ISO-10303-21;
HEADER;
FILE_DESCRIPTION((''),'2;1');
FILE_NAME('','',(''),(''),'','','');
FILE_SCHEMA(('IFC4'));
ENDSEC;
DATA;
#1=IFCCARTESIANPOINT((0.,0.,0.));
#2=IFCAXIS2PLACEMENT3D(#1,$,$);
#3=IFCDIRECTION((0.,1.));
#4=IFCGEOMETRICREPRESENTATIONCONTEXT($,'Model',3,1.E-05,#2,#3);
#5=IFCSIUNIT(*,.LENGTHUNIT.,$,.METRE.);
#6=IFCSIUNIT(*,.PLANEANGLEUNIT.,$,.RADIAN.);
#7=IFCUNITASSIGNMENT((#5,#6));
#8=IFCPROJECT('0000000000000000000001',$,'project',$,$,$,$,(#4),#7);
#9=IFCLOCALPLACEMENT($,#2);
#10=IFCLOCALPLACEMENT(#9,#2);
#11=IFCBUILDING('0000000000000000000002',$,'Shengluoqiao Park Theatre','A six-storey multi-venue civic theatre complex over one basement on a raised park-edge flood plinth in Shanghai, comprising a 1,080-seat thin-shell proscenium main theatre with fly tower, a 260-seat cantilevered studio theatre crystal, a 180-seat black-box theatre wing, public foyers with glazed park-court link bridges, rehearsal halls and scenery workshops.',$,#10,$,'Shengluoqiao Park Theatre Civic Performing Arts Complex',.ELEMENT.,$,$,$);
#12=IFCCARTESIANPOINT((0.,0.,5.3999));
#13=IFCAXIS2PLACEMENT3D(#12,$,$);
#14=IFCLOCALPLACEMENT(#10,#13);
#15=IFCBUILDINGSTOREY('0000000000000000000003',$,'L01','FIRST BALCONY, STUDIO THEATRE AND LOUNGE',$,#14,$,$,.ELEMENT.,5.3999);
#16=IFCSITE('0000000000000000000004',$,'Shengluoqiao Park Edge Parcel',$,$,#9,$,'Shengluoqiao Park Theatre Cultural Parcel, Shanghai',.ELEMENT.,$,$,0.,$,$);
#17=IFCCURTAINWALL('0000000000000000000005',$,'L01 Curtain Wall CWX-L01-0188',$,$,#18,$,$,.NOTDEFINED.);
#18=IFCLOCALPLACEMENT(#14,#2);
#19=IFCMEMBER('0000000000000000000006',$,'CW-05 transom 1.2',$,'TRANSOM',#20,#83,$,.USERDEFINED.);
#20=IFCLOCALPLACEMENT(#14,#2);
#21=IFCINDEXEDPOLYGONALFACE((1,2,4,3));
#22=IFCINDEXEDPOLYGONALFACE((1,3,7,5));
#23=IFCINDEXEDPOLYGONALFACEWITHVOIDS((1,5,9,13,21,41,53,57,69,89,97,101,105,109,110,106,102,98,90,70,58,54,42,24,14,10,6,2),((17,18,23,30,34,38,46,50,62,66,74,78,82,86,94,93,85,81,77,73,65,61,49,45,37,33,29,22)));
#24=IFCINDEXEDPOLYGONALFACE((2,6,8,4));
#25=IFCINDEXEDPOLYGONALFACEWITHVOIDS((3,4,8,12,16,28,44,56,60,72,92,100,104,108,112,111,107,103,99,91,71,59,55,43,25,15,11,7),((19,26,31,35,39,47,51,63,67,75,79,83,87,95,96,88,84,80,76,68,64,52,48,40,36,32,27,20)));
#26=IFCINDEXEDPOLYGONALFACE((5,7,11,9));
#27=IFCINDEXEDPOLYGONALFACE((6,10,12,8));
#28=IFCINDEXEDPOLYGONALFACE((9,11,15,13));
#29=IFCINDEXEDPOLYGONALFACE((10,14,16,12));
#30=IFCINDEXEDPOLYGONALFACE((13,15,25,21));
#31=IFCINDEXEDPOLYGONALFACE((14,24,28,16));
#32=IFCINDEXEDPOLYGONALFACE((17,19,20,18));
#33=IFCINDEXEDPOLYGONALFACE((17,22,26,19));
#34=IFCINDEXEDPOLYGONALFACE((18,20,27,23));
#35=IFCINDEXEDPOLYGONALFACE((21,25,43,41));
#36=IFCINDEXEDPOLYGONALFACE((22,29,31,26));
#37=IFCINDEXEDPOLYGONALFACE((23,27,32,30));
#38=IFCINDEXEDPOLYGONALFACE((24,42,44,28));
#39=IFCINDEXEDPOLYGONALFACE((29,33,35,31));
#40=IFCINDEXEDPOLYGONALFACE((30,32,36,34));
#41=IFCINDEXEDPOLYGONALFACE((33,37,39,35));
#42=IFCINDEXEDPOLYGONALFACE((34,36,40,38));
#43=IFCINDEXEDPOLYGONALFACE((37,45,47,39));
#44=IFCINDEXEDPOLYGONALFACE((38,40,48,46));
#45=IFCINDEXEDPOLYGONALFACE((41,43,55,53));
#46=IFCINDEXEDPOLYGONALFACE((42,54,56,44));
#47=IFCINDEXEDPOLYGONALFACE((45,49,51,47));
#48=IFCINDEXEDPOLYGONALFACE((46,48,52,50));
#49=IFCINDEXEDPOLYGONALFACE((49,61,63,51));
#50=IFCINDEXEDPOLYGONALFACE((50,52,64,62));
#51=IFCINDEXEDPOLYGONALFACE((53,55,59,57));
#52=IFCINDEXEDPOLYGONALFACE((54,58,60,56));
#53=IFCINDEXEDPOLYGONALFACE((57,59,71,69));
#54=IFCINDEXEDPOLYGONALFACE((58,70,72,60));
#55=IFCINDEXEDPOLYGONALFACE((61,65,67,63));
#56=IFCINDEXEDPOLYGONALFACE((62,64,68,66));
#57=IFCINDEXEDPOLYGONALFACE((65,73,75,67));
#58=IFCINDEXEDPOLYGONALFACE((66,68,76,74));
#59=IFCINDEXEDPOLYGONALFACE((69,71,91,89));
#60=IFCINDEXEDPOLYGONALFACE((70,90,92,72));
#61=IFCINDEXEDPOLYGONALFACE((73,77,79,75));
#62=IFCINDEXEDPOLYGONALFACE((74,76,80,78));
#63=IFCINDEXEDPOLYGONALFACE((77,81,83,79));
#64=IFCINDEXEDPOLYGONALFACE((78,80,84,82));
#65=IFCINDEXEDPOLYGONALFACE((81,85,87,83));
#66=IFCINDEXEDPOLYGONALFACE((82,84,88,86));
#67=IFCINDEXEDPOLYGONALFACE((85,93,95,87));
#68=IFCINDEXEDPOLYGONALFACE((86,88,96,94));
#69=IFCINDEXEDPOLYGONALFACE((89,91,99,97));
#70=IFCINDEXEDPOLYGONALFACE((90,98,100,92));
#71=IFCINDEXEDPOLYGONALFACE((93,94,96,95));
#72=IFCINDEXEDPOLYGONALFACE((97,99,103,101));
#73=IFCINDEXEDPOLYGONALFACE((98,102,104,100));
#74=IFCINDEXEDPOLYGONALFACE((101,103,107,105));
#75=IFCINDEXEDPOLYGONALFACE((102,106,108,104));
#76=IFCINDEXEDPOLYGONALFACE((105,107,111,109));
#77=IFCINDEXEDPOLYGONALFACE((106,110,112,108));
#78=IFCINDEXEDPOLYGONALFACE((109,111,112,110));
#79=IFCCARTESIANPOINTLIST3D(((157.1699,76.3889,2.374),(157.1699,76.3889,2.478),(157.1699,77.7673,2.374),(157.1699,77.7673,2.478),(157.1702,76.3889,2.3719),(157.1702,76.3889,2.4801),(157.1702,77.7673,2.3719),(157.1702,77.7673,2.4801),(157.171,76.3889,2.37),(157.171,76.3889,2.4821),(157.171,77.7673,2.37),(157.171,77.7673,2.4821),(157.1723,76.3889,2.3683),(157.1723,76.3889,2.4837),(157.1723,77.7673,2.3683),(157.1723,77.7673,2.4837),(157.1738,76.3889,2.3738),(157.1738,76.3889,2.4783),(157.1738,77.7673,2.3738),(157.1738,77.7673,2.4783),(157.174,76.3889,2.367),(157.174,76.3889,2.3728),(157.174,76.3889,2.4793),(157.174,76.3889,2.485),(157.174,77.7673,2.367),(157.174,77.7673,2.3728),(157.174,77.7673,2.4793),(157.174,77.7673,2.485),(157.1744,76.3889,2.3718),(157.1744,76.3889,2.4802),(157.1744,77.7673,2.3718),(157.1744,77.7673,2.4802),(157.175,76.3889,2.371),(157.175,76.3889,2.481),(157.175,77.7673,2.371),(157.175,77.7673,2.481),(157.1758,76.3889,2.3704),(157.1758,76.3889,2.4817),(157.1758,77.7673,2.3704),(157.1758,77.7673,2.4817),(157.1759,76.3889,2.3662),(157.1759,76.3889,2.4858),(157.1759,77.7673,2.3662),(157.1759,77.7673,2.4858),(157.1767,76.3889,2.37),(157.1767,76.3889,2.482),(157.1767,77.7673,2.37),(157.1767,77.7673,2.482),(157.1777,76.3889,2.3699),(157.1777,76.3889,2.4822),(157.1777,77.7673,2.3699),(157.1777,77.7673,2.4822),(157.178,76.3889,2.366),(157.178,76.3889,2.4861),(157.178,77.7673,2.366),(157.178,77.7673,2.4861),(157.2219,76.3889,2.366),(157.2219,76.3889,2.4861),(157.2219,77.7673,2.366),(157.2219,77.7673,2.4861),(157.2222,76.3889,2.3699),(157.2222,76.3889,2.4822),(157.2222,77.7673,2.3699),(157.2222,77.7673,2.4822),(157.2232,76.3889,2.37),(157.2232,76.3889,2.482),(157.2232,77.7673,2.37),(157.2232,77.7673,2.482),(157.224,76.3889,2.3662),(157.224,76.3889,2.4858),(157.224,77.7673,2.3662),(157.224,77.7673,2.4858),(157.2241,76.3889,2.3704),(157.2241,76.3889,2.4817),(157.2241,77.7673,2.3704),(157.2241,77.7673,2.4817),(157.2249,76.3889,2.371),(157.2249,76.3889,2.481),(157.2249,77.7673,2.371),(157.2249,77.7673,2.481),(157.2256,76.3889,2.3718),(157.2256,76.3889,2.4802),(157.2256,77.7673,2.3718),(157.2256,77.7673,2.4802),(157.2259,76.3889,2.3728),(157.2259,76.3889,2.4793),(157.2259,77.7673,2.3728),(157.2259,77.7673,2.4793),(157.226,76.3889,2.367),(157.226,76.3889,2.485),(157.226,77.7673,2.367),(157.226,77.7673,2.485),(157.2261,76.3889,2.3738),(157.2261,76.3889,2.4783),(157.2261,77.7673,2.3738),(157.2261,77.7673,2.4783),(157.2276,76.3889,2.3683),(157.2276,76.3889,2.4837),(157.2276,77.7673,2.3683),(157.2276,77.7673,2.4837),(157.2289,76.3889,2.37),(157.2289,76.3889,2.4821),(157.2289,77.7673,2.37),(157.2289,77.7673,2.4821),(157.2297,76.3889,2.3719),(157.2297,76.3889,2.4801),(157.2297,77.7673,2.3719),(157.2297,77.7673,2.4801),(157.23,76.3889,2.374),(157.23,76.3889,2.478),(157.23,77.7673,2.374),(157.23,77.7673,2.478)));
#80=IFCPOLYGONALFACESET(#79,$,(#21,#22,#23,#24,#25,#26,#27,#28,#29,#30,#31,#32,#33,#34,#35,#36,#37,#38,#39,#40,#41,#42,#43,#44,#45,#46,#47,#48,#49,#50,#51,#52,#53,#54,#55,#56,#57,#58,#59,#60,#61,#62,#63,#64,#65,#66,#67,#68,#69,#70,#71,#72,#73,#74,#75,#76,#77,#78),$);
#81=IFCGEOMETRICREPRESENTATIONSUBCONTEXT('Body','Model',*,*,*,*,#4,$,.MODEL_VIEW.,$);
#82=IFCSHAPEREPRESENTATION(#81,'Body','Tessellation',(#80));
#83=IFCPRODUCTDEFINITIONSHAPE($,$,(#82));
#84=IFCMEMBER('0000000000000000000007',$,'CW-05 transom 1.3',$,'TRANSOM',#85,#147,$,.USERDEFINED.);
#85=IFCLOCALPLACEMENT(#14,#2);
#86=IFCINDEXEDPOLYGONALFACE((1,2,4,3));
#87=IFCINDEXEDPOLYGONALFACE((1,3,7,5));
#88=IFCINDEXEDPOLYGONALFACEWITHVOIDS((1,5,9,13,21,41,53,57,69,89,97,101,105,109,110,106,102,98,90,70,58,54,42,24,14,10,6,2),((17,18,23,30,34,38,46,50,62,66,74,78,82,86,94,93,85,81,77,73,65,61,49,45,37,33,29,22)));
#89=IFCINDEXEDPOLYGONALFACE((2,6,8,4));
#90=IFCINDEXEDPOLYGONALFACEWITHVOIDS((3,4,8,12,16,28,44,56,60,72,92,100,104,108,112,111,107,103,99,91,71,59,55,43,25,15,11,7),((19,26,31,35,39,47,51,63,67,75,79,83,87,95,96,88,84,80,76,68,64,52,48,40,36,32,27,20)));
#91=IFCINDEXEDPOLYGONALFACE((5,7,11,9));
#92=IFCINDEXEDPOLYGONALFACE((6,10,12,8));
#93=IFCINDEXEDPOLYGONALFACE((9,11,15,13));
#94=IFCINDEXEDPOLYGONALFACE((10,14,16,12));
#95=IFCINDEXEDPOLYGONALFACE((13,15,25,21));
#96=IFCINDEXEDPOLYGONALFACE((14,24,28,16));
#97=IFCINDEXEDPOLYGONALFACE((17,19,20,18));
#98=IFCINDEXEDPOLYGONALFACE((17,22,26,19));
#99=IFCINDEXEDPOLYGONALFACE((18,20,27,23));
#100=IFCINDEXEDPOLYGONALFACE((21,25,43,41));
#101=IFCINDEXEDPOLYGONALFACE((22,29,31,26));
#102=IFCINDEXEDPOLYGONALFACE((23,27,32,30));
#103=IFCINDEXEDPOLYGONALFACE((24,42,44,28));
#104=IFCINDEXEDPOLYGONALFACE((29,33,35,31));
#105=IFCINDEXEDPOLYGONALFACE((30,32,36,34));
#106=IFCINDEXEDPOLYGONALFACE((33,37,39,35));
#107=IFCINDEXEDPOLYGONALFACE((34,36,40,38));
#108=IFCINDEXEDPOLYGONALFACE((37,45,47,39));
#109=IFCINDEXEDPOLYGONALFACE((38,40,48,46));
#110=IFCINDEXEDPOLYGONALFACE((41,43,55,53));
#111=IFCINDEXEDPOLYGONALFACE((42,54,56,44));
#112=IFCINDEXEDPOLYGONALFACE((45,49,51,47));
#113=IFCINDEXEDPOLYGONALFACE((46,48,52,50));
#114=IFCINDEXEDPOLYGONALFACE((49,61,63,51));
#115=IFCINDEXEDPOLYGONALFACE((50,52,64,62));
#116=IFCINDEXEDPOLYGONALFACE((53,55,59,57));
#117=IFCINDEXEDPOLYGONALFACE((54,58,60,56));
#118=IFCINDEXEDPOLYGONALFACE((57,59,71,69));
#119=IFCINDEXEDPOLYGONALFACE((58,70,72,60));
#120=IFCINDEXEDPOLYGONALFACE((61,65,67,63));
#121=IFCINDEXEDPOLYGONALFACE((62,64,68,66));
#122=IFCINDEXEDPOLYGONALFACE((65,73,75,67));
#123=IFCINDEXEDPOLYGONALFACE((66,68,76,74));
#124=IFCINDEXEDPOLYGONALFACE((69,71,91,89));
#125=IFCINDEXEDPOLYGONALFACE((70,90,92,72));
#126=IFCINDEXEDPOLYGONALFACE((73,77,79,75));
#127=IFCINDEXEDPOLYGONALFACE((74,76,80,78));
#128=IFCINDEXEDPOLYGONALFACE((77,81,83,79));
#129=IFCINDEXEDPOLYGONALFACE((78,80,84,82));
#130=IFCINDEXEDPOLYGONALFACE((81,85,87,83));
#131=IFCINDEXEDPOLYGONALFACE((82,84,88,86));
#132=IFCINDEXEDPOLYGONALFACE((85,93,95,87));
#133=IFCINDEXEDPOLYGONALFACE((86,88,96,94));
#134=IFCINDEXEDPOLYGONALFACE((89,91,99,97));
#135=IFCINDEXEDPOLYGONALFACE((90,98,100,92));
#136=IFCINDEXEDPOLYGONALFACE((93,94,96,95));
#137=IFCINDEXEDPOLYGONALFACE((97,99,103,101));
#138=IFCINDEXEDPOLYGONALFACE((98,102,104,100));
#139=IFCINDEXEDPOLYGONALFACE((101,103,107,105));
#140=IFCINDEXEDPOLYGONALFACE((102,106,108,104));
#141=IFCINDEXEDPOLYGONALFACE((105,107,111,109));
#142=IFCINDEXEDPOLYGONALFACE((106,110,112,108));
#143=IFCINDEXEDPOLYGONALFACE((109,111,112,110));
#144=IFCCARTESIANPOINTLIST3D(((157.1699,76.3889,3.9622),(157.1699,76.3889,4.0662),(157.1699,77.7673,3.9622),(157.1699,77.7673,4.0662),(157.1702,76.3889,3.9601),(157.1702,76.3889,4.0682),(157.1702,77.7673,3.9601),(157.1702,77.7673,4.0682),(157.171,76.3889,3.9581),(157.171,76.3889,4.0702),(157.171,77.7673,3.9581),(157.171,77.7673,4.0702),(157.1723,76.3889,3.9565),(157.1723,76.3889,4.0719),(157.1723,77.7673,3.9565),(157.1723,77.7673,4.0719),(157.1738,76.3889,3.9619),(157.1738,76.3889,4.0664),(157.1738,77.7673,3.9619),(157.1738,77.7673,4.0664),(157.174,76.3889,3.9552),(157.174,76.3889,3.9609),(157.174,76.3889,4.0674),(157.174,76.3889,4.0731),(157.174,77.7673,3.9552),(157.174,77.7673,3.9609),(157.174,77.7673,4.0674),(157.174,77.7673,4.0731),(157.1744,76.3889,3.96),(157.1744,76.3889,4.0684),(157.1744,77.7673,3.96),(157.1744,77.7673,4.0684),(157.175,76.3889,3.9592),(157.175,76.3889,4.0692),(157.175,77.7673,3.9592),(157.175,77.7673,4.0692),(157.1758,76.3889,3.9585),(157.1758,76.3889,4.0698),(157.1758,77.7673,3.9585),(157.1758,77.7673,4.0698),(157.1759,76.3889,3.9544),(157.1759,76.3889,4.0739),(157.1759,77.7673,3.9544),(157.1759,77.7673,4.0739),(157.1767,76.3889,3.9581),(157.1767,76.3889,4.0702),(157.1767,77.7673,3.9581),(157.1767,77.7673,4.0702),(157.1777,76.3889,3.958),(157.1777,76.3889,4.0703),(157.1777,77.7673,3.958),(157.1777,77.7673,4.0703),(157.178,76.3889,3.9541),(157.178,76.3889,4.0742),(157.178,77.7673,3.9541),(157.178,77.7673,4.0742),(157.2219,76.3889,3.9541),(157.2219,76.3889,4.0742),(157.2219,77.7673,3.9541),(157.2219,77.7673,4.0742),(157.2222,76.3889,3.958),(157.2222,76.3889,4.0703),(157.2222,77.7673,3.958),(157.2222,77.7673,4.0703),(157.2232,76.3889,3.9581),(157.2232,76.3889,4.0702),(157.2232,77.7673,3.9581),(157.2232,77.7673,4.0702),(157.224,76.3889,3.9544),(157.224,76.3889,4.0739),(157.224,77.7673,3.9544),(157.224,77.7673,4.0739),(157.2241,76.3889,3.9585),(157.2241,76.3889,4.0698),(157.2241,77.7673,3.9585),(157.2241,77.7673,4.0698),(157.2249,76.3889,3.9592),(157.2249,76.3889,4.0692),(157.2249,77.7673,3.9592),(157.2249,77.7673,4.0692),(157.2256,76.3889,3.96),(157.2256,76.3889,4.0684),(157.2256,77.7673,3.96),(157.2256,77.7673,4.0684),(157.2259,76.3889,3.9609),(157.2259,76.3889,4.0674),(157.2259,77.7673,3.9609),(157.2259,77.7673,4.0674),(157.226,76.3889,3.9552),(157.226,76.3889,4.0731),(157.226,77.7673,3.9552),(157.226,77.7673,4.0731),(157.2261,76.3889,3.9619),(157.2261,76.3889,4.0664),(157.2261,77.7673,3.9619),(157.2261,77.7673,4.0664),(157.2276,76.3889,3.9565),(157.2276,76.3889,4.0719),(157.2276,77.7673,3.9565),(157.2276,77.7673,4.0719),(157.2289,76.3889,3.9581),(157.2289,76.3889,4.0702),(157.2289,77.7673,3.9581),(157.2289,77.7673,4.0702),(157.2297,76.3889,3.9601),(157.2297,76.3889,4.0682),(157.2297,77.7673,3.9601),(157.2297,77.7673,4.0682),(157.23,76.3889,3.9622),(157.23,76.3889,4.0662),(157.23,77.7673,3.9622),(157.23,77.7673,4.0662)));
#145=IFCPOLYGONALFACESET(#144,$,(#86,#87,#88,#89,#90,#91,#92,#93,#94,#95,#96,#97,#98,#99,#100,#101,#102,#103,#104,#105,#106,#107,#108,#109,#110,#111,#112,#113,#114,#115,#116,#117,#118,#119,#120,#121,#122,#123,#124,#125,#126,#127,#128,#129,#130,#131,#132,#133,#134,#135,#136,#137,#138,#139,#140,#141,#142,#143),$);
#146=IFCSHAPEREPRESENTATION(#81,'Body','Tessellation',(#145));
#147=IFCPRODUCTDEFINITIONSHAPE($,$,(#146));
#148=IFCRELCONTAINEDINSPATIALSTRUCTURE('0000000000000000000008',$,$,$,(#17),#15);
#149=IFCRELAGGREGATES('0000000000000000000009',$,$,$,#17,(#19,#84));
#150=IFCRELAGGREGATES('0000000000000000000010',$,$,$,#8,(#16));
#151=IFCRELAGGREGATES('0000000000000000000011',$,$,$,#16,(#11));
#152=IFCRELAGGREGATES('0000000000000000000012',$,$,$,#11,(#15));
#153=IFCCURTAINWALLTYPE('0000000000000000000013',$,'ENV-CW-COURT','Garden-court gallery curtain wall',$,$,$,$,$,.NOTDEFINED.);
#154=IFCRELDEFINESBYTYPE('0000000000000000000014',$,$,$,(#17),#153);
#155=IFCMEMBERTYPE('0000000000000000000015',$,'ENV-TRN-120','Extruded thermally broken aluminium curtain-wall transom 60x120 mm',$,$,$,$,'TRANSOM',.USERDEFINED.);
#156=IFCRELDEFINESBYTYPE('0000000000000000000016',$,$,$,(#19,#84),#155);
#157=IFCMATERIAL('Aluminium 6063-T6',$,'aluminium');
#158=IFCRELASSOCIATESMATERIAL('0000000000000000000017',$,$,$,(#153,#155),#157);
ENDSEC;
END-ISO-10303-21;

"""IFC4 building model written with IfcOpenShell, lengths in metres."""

from ifc_helpers import new_model, si_unit, direction, frame, origin, origin_2d, place, context, subcontext, project, spatial, hollow_rectangle, extrude, material, material_profile, profile_set, type_object, element, aggregate, save


model = new_model("IFC4")

# Units and contexts
model_context = context("Model", 3, precision=1e-05, world=origin(), true_north=direction((0.0, 1.0)))
body_context = subcontext(model_context, "Body", "Model", "MODEL_VIEW")
ifc_project = project(units=[si_unit("LENGTHUNIT", "METRE"), si_unit("PLANEANGLEUNIT", "RADIAN")], contexts=[model_context])

# Site, building, storey
site_placement = place(None, origin())
site = spatial("IfcSite", under=ifc_project, at=site_placement, Name="Shengluoqiao Park Edge Parcel", LongName="Shengluoqiao Park Theatre Cultural Parcel, Shanghai", CompositionType="ELEMENT", RefElevation=0.0)
building_placement = place(site_placement, origin())
building = spatial("IfcBuilding", under=site, at=building_placement, Name="Shengluoqiao Park Theatre", Description="A six-storey multi-venue civic theatre complex over one basement on a raised park-edge flood plinth in Shanghai, comprising a 1,080-seat thin-shell proscenium main theatre with fly tower, a 260-seat cantilevered studio theatre crystal, a 180-seat black-box theatre wing, public foyers with glazed park-court link bridges, rehearsal halls and scenery workshops.", LongName="Shengluoqiao Park Theatre Civic Performing Arts Complex", CompositionType="ELEMENT")
storey_placement = place(building_placement, frame((0.0, 0.0, 5.3999)))
storey = spatial("IfcBuildingStorey", under=building, at=storey_placement, Name="L01", Description="FIRST BALCONY, STUDIO THEATRE AND LOUNGE", CompositionType="ELEMENT", Elevation=5.3999)

# Curtain wall
ifc_material_1 = material(Name="Aluminium 6063-T6", Category="aluminium")
curtain_wall_type_1 = type_object("IfcCurtainWallType", Name="ENV-CW-COURT", Description="Garden-court gallery curtain wall", PredefinedType="NOTDEFINED", material=ifc_material_1)
curtain_wall_1_placement = place(storey_placement, origin())
curtain_wall_1 = element("IfcCurtainWall", 1, at=curtain_wall_1_placement, inside=storey, type_object=curtain_wall_type_1, Name="L01 Curtain Wall CWX-L01-0188", PredefinedType="NOTDEFINED")

# Members
ifc_material_profile_1 = material_profile(ifc_material_1, hollow_rectangle(XDim=0.0601, YDim=0.1201, WallThickness=0.0039, InnerFilletRadius=0.0039, OuterFilletRadius=0.0081, at=origin_2d()), Name="ALU TRANSOM 120x60x4")
ifc_profile_set_1 = profile_set([ifc_material_profile_1], Name="Aluminium 6063-T6")
member_type_1 = type_object("IfcMemberType", Name="ENV-TRN-120", Description="Extruded thermally broken aluminium curtain-wall transom 60x120 mm", ElementType="TRANSOM", PredefinedType="USERDEFINED", material=ifc_profile_set_1)
member_1_placement = place(storey_placement, frame((157.2, 76.3889, 2.426), z_axis=(0.0, 1.0, 0.0), x_axis=(-1.0, 0.0, 0.0)))
member_1 = element("IfcMember", 2, at=member_1_placement, type_object=member_type_1, Name="CW-05 transom 1.2", ObjectType="TRANSOM", PredefinedType="USERDEFINED", context=body_context, shape_type="SweptSolid", body=[
    extrude(hollow_rectangle(XDim=0.0601, YDim=0.1201, WallThickness=0.0039, InnerFilletRadius=0.0039, OuterFilletRadius=0.0081, at=origin_2d()), origin(), (0.0, 0.0, 1.0), 1.3784),
])
member_2_placement = place(storey_placement, frame((157.2, 76.3889, 4.0142), z_axis=(0.0, 1.0, 0.0), x_axis=(-1.0, 0.0, 0.0)))
member_2 = element("IfcMember", 3, at=member_2_placement, type_object=member_type_1, Name="CW-05 transom 1.3", ObjectType="TRANSOM", PredefinedType="USERDEFINED", context=body_context, shape_type="SweptSolid", body=[
    extrude(hollow_rectangle(XDim=0.0601, YDim=0.1201, WallThickness=0.0039, InnerFilletRadius=0.0039, OuterFilletRadius=0.0081, at=origin_2d()), origin(), (0.0, 0.0, 1.0), 1.3784),
])

aggregate(curtain_wall_1, [member_1, member_2])

save(model, "model.ifc")
